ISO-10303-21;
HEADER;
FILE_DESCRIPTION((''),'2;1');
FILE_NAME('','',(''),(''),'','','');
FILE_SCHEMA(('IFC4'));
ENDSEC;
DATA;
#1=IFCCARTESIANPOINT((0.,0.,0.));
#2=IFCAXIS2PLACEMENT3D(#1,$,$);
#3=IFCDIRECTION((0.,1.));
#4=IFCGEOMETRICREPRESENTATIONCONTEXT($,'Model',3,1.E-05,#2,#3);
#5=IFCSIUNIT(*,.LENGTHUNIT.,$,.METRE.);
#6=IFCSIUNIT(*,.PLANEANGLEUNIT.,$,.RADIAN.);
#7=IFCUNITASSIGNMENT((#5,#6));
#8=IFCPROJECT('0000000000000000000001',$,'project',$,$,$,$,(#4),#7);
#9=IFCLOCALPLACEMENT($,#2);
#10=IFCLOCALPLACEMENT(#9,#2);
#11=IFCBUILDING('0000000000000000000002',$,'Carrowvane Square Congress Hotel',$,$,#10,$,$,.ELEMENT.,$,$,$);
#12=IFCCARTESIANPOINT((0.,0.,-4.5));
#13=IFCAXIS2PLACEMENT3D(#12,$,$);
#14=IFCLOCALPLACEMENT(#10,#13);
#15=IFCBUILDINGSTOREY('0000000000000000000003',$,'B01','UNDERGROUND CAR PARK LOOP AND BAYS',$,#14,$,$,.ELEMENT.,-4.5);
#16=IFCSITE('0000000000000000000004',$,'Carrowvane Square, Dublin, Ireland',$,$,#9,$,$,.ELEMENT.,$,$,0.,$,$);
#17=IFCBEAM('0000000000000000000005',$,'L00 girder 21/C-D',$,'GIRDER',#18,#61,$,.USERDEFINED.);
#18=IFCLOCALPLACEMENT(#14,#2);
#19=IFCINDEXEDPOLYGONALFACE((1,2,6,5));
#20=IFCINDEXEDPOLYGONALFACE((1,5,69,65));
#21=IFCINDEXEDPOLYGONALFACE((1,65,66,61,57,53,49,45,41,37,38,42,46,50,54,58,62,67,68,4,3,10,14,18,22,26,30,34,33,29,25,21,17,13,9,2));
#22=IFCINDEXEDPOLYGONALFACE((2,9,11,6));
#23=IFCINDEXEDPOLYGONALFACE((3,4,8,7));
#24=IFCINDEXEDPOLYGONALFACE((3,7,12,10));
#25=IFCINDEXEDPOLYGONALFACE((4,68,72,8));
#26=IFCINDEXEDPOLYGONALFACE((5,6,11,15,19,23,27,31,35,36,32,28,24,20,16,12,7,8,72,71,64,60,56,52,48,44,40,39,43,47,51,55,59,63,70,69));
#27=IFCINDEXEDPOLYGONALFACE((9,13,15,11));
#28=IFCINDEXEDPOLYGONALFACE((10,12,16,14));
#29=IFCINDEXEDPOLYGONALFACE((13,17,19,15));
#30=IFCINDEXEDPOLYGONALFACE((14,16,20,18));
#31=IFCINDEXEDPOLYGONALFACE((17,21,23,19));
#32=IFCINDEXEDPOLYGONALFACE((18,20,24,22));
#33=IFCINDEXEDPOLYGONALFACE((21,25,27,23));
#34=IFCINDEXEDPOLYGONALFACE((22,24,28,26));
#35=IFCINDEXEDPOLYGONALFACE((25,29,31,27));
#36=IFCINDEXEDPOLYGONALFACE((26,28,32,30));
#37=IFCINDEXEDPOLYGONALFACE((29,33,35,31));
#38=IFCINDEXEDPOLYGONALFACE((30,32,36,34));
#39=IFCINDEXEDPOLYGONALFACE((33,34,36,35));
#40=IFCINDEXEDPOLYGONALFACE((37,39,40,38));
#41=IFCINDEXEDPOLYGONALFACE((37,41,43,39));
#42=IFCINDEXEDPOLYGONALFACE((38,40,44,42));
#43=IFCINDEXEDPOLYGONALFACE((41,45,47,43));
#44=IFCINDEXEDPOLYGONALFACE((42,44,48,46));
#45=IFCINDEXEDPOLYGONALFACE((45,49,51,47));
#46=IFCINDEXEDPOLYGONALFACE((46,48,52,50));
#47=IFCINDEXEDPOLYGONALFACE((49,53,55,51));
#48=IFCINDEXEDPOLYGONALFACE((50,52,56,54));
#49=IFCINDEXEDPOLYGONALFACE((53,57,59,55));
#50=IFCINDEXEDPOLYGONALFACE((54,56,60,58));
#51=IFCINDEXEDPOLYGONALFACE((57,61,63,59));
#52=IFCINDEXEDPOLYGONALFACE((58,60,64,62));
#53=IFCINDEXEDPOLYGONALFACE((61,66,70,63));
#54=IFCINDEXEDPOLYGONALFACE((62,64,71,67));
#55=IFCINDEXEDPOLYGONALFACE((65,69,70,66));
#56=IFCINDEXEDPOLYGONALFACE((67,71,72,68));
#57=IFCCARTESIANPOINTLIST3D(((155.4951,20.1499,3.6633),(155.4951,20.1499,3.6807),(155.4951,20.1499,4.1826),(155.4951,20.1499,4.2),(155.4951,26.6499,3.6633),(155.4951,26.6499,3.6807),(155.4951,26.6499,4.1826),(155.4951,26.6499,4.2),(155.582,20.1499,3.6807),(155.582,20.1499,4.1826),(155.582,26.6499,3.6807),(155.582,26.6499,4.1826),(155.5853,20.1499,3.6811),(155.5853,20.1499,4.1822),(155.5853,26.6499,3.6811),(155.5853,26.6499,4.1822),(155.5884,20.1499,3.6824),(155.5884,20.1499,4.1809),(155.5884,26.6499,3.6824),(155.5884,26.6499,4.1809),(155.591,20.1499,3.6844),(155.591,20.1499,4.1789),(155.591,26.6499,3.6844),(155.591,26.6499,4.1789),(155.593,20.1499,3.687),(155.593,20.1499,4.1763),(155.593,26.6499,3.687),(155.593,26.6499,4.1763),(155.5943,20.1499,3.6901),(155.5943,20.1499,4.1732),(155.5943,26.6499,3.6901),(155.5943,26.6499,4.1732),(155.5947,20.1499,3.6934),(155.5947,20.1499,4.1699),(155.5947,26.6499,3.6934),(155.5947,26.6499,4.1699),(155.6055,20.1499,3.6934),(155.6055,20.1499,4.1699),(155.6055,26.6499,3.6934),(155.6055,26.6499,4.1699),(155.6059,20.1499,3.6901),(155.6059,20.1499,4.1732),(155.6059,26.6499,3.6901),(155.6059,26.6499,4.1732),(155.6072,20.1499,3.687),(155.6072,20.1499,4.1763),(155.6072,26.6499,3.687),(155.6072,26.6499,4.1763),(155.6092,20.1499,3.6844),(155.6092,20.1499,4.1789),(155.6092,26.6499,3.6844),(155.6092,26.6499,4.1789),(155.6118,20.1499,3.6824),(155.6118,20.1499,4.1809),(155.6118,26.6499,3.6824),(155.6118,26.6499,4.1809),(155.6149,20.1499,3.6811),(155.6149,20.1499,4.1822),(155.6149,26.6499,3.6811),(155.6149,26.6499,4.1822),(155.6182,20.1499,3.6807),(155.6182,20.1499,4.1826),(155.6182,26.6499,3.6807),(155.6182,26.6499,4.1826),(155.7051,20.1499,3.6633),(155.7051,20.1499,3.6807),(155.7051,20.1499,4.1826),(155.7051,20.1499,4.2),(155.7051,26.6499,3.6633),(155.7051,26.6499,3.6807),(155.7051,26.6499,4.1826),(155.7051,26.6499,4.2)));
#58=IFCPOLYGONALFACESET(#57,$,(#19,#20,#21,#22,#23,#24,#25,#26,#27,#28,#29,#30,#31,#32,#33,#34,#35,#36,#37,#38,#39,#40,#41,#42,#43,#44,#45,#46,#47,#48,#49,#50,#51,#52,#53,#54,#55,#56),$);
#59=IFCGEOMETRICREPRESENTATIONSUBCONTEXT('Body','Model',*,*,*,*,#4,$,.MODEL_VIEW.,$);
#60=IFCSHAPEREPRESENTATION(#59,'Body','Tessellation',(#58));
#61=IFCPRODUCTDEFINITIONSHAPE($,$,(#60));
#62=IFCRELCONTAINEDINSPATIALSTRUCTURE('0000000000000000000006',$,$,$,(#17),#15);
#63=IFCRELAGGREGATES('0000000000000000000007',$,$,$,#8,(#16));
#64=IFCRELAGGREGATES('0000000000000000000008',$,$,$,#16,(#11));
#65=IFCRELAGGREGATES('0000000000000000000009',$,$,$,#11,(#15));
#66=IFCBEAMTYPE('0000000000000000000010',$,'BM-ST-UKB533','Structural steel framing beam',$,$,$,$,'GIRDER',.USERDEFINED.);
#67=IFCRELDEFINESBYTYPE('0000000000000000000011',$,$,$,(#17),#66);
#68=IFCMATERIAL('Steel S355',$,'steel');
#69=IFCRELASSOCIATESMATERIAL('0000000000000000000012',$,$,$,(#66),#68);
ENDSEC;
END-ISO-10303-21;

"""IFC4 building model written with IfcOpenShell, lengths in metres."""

from ifc_helpers import new_model, si_unit, direction, frame, origin, origin_2d, place, context, subcontext, project, spatial, i_section, extrude, material, material_profile, profile_set, type_object, element, save


model = new_model("IFC4")

# Units and contexts
model_context = context("Model", 3, precision=1e-05, world=origin(), true_north=direction((0.0, 1.0)))
body_context = subcontext(model_context, "Body", "Model", "MODEL_VIEW")
ifc_project = project(units=[si_unit("LENGTHUNIT", "METRE"), si_unit("PLANEANGLEUNIT", "RADIAN")], contexts=[model_context])

# Site, building, storey
site_placement = place(None, origin())
site = spatial("IfcSite", under=ifc_project, at=site_placement, Name="Carrowvane Square, Dublin, Ireland", CompositionType="ELEMENT", RefElevation=0.0)
building_placement = place(site_placement, origin())
building = spatial("IfcBuilding", under=site, at=building_placement, Name="Carrowvane Square Congress Hotel", CompositionType="ELEMENT")
storey_placement = place(building_placement, frame((0.0, 0.0, -4.5)))
storey = spatial("IfcBuildingStorey", under=building, at=storey_placement, Name="B01", Description="UNDERGROUND CAR PARK LOOP AND BAYS", CompositionType="ELEMENT", Elevation=-4.5)

# Beam
ifc_material_1 = material(Name="Steel S355", Category="steel")
ifc_material_profile_1 = material_profile(ifc_material_1, i_section(OverallWidth=0.21, OverallDepth=0.5366, WebThickness=0.0107, FlangeThickness=0.0173, FilletRadius=0.0127, at=origin_2d()), Name="UKB 533x210x101")
ifc_profile_set_1 = profile_set([ifc_material_profile_1], Name="Steel S355")
beam_type_1 = type_object("IfcBeamType", Name="BM-ST-UKB533", Description="Structural steel framing beam", ElementType="GIRDER", PredefinedType="USERDEFINED", material=ifc_profile_set_1)
for number, where, z_axis, x_axis, name in (
    (1, (155.6001, 20.1499, 3.9316), (0.0, 1.0, 0.0), (-1.0, 0.0, 0.0), "L00 girder 21/C-D"),
):
    element("IfcBeam", number, at=place(storey_placement, frame(where, z_axis=z_axis, x_axis=x_axis)), inside=storey, type_object=beam_type_1, Name=name, ObjectType="GIRDER", PredefinedType="USERDEFINED", context=body_context, shape_type="SweptSolid", body=[
        extrude(i_section(OverallWidth=0.21, OverallDepth=0.5366, WebThickness=0.0107, FlangeThickness=0.0173, FilletRadius=0.0127, at=origin_2d()), origin(), (0.0, 0.0, 1.0), 6.5),
    ])

save(model, "model.ifc")
